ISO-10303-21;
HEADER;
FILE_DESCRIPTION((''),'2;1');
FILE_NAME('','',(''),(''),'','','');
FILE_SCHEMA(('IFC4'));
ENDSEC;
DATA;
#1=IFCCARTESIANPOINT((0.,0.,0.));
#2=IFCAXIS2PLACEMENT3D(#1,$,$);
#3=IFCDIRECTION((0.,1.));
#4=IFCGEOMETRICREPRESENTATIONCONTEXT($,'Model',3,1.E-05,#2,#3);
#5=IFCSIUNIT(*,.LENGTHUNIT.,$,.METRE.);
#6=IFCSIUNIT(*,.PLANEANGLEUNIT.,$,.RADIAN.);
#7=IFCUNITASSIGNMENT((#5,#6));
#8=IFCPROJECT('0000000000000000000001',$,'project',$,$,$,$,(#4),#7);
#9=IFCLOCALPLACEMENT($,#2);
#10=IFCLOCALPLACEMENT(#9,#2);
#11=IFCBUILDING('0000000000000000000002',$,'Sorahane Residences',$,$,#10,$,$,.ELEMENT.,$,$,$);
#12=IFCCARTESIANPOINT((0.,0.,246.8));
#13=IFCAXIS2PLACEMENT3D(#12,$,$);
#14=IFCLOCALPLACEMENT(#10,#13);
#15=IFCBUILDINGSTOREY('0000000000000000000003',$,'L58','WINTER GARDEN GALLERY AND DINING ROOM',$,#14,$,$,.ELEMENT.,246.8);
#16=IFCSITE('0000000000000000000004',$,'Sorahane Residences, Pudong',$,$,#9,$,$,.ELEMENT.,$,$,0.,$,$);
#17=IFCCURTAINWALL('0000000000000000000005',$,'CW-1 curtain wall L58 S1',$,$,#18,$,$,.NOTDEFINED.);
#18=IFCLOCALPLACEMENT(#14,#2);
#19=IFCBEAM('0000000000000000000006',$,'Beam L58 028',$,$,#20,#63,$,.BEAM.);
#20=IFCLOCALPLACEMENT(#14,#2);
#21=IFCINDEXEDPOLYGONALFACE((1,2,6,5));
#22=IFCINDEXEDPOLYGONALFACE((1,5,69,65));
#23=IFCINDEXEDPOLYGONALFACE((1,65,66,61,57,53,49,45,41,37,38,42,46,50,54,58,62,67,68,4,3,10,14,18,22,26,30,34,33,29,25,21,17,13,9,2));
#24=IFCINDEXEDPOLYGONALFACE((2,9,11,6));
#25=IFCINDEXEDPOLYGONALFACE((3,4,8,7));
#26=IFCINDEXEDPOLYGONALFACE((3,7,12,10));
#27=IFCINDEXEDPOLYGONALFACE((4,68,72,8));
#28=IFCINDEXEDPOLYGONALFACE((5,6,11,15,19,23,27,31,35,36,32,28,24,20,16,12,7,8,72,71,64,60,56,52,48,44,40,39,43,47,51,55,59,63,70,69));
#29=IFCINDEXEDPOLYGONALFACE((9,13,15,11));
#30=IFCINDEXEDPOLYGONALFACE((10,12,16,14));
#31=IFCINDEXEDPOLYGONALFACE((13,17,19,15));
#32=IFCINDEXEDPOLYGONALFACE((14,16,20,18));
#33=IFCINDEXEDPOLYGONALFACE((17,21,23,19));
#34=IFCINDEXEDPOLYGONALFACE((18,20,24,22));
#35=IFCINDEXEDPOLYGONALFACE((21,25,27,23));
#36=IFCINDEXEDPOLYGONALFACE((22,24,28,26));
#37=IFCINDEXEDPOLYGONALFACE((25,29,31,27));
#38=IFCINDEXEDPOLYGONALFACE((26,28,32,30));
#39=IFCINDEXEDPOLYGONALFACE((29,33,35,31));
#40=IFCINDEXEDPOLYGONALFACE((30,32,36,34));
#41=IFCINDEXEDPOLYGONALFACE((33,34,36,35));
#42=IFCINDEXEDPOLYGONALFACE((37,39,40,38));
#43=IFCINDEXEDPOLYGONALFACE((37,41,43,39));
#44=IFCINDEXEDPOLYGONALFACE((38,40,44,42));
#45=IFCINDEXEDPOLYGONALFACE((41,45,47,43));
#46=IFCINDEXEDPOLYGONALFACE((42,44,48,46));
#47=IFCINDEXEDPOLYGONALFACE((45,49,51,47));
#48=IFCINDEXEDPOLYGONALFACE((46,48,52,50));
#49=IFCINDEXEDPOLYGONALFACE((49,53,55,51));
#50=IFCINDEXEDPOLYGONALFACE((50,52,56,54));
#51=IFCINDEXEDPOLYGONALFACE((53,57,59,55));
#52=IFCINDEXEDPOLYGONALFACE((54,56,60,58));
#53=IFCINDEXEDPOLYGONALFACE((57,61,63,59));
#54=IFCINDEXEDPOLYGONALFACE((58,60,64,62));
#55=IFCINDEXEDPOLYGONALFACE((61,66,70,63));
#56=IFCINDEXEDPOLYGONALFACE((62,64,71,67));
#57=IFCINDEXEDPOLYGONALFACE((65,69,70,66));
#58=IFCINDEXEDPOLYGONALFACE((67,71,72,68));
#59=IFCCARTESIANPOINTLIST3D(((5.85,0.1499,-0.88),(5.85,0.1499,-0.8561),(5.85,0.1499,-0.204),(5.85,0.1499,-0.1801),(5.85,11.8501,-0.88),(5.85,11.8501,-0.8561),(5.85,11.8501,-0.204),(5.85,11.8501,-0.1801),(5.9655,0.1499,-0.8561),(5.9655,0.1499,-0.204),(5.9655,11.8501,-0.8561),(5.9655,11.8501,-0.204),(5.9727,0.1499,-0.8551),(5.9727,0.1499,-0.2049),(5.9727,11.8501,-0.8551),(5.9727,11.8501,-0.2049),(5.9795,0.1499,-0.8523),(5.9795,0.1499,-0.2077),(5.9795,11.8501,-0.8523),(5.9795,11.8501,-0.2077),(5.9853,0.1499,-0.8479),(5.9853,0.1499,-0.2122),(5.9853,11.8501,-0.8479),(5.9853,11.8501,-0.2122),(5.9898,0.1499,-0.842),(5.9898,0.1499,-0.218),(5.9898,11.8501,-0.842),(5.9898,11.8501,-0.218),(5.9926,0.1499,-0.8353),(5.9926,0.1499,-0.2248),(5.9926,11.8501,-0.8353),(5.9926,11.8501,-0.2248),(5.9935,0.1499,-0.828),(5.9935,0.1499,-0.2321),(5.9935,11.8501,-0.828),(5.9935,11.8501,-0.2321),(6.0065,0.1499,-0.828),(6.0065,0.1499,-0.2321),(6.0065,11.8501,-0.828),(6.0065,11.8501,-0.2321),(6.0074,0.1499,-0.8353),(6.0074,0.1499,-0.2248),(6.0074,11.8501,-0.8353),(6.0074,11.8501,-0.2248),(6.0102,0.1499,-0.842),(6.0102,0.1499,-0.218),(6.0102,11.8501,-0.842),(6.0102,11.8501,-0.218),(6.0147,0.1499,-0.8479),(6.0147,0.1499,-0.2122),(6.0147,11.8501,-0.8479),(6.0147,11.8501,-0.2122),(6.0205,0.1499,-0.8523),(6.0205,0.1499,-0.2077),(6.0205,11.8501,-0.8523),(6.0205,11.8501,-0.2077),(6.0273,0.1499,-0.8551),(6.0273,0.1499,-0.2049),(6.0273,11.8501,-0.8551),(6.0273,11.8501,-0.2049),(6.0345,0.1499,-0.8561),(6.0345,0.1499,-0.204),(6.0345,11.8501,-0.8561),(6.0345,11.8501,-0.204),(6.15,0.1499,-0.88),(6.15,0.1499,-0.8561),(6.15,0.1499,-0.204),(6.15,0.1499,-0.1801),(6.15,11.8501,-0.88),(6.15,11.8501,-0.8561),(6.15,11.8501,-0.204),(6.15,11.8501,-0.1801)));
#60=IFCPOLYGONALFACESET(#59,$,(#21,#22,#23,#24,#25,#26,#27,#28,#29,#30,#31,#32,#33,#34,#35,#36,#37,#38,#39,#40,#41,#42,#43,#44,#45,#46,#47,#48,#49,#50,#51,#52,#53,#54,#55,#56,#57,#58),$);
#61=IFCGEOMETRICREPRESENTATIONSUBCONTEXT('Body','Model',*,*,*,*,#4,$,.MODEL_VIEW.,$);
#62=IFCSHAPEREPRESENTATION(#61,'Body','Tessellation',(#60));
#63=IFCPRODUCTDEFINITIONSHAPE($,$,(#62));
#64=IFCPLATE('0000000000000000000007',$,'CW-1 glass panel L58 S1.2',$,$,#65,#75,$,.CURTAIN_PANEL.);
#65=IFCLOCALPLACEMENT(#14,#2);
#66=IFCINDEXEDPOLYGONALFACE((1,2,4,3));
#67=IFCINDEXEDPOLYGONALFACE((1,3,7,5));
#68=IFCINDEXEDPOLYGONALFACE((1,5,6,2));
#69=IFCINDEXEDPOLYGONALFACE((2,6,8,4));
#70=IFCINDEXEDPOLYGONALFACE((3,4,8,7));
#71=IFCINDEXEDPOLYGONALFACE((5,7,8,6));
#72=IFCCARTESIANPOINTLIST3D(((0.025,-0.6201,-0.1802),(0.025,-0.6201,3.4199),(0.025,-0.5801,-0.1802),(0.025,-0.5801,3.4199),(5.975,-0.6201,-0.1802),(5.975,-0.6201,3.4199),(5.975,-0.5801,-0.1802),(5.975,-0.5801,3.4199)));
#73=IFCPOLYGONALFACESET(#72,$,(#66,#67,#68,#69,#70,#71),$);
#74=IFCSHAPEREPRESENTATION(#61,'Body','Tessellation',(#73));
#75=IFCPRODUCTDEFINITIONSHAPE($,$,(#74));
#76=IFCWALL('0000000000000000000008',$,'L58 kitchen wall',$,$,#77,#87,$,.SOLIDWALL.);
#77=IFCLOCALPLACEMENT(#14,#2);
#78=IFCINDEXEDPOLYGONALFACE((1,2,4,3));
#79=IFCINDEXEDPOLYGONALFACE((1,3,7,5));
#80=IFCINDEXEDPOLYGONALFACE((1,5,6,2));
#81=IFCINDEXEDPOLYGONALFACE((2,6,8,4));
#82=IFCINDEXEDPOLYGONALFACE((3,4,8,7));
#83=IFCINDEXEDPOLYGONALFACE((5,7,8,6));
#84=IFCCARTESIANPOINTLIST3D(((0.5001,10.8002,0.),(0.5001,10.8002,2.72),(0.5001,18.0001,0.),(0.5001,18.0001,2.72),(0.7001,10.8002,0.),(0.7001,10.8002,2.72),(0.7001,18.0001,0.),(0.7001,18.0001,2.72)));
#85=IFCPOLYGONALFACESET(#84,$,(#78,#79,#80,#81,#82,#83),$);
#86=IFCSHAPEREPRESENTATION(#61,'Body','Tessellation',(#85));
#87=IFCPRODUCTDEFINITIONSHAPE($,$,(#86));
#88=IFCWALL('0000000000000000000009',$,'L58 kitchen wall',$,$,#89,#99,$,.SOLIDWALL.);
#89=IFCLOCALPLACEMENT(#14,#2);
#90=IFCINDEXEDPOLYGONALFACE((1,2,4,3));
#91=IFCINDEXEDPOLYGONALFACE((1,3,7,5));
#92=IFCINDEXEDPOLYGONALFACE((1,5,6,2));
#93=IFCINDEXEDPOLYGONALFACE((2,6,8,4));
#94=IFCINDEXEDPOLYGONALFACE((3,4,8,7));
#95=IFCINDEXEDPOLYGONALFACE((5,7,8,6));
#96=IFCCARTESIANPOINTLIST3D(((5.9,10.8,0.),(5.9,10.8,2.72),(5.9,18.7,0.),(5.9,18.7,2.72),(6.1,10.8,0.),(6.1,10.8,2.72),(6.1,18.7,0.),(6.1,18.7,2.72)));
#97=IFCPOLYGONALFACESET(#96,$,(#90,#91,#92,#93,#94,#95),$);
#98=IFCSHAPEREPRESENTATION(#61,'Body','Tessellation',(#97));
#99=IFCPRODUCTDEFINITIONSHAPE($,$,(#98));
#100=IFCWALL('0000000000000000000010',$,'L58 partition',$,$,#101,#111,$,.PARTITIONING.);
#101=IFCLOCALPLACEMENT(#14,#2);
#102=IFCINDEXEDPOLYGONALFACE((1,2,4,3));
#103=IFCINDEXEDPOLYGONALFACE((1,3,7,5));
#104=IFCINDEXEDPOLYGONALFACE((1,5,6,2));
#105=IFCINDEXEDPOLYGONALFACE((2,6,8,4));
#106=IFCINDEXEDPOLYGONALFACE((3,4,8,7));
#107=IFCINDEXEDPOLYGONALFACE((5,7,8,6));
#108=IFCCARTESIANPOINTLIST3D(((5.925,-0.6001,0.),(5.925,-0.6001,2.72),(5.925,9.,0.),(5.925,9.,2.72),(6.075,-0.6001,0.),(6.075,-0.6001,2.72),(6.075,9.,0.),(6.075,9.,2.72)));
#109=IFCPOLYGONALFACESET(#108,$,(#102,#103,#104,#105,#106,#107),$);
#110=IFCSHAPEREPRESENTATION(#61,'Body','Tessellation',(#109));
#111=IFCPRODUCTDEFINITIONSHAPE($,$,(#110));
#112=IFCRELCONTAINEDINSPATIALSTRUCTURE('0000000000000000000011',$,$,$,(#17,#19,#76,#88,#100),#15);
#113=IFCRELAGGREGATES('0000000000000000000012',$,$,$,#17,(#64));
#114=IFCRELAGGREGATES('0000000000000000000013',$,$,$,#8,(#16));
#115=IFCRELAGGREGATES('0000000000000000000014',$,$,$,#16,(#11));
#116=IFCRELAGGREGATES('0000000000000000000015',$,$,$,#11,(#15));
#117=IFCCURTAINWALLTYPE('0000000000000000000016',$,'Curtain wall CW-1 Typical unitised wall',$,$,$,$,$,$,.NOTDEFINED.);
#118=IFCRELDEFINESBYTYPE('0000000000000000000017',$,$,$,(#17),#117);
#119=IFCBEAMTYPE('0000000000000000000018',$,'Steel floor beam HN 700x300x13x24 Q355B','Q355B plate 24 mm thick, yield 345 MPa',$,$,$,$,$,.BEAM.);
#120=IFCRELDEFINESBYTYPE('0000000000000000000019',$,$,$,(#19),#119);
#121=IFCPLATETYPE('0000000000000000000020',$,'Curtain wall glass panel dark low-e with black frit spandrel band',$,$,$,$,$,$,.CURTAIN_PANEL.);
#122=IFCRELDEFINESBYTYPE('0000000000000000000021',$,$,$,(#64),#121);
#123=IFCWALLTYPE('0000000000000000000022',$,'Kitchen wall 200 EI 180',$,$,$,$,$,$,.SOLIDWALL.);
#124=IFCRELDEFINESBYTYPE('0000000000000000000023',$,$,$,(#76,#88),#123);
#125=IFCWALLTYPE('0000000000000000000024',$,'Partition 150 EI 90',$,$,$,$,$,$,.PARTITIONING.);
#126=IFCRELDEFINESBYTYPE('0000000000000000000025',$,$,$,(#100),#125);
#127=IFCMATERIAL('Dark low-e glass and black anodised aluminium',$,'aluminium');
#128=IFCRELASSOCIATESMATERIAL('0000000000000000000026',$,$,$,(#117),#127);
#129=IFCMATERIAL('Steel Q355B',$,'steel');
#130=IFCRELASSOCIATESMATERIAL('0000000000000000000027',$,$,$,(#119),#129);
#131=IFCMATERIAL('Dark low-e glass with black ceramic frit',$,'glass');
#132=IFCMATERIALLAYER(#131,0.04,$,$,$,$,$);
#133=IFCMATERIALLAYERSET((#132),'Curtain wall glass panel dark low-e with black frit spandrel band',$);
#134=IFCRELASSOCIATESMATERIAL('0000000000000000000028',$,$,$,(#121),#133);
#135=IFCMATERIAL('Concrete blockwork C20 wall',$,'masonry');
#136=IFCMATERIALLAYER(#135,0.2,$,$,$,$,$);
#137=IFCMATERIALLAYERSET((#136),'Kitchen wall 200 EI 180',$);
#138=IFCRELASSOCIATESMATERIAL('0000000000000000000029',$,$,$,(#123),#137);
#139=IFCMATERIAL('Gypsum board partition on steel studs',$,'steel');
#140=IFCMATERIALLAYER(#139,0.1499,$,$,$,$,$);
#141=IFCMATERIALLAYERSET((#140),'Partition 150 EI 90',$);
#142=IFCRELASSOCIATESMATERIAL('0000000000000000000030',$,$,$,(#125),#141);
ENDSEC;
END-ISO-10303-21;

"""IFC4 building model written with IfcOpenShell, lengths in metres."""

from ifc_helpers import new_model, si_unit, direction, frame, frame_2d, origin, origin_2d, place, context, subcontext, project, spatial, rectangle, i_section, extrude, material, layer, layer_set, material_profile, profile_set, type_object, element, aggregate, save


model = new_model("IFC4")

# Units and contexts
model_context = context("Model", 3, precision=1e-05, world=origin(), true_north=direction((0.0, 1.0)))
body_context = subcontext(model_context, "Body", "Model", "MODEL_VIEW")
ifc_project = project(units=[si_unit("LENGTHUNIT", "METRE"), si_unit("PLANEANGLEUNIT", "RADIAN")], contexts=[model_context])

# Site, building, storey
site_placement = place(None, origin())
site = spatial("IfcSite", under=ifc_project, at=site_placement, Name="Sorahane Residences, Pudong", CompositionType="ELEMENT", RefElevation=0.0)
building_placement = place(site_placement, origin())
building = spatial("IfcBuilding", under=site, at=building_placement, Name="Sorahane Residences", CompositionType="ELEMENT")
storey_placement = place(building_placement, frame((0.0, 0.0, 246.8)))
storey = spatial("IfcBuildingStorey", under=building, at=storey_placement, Name="L58", Description="WINTER GARDEN GALLERY AND DINING ROOM", CompositionType="ELEMENT", Elevation=246.8)

# Curtain wall
ifc_material_1 = material(Name="Dark low-e glass and black anodised aluminium", Category="aluminium")
curtain_wall_type = type_object("IfcCurtainWallType", Name="Curtain wall CW-1 Typical unitised wall", PredefinedType="NOTDEFINED", material=ifc_material_1)
curtain_wall_placement = place(storey_placement, origin())
curtain_wall = element("IfcCurtainWall", 1, at=curtain_wall_placement, inside=storey, type_object=curtain_wall_type, Name="CW-1 curtain wall L58 S1", PredefinedType="NOTDEFINED")

# Beam
ifc_material_2 = material(Name="Steel Q355B", Category="steel")
ifc_material_profile_1 = material_profile(ifc_material_2, i_section(OverallWidth=0.3, OverallDepth=0.7, WebThickness=0.0129, FlangeThickness=0.0239, FilletRadius=0.0281, at=origin_2d()), Name="HN 700x300x13x24")
ifc_profile_set_1 = profile_set([ifc_material_profile_1], Name="Steel Q355B")
beam_type_1 = type_object("IfcBeamType", Name="Steel floor beam HN 700x300x13x24 Q355B", Description="Q355B plate 24 mm thick, yield 345 MPa", PredefinedType="BEAM", material=ifc_profile_set_1)
beam_1_placement = place(storey_placement, frame((6.0, 0.1499, -0.53), z_axis=(0.0, 1.0, 0.0), x_axis=(-1.0, 0.0, 0.0)))
element("IfcBeam", 2, at=beam_1_placement, inside=storey, type_object=beam_type_1, Name="Beam L58 028", PredefinedType="BEAM", context=body_context, shape_type="SweptSolid", body=[
    extrude(i_section(OverallWidth=0.3, OverallDepth=0.7, WebThickness=0.0129, FlangeThickness=0.0239, FilletRadius=0.0281, at=origin_2d()), origin(), (0.0, 0.0, 1.0), 11.7002),
])

# Plate
ifc_material_3 = material(Name="Dark low-e glass with black ceramic frit", Category="glass")
ifc_layer_1 = layer(ifc_material_3, 0.04)
ifc_layer_set_1 = layer_set([ifc_layer_1], Name="Curtain wall glass panel dark low-e with black frit spandrel band")
plate_type = type_object("IfcPlateType", Name="Curtain wall glass panel dark low-e with black frit spandrel band", PredefinedType="CURTAIN_PANEL", material=ifc_layer_set_1)
plate_placement = place(storey_placement, frame((3.0, -0.6001, -0.1802), z_axis=(0.0, 0.0, 1.0), x_axis=(1.0, 0.0, 0.0)))
plate = element("IfcPlate", 3, at=plate_placement, type_object=plate_type, Name="CW-1 glass panel L58 S1.2", PredefinedType="CURTAIN_PANEL", context=body_context, shape_type="SweptSolid", body=[
    extrude(rectangle(XDim=5.95, YDim=0.04, at=origin_2d()), origin(), (0.0, 0.0, 1.0), 3.6001),
])
aggregate(curtain_wall, [plate])

# Walls
ifc_material_4 = material(Name="Concrete blockwork C20 wall", Category="masonry")
ifc_layer_2 = layer(ifc_material_4, 0.2)
ifc_layer_set_2 = layer_set([ifc_layer_2], Name="Kitchen wall 200 EI 180")
wall_type_1 = type_object("IfcWallType", Name="Kitchen wall 200 EI 180", PredefinedType="SOLIDWALL", material=ifc_layer_set_2)
wall_1_placement = place(storey_placement, frame((0.6001, 10.8, 0.0), z_axis=(0.0, 0.0, 1.0), x_axis=(0.0, 1.0, 0.0)))
element("IfcWall", 4, at=wall_1_placement, inside=storey, type_object=wall_type_1, Name="L58 kitchen wall", PredefinedType="SOLIDWALL", context=body_context, shape_type="SweptSolid", body=[
    extrude(rectangle(XDim=7.2, YDim=0.2, at=frame_2d((3.6001, 0.0))), origin(), (0.0, 0.0, 1.0), 2.72),
])
wall_2_placement = place(storey_placement, frame((6.0, 10.8, 0.0), z_axis=(0.0, 0.0, 1.0), x_axis=(0.0, 1.0, 0.0)))
element("IfcWall", 5, at=wall_2_placement, inside=storey, type_object=wall_type_1, Name="L58 kitchen wall", PredefinedType="SOLIDWALL", context=body_context, shape_type="SweptSolid", body=[
    extrude(rectangle(XDim=7.8999, YDim=0.2, at=frame_2d((3.95, 0.0))), origin(), (0.0, 0.0, 1.0), 2.72),
])

# Wall
ifc_material_5 = material(Name="Gypsum board partition on steel studs", Category="steel")
ifc_layer_3 = layer(ifc_material_5, 0.1499)
ifc_layer_set_3 = layer_set([ifc_layer_3], Name="Partition 150 EI 90")
wall_type_2 = type_object("IfcWallType", Name="Partition 150 EI 90", PredefinedType="PARTITIONING", material=ifc_layer_set_3)
wall_3_placement = place(storey_placement, frame((6.0, -0.6001, 0.0), z_axis=(0.0, 0.0, 1.0), x_axis=(0.0, 1.0, 0.0)))
element("IfcWall", 6, at=wall_3_placement, inside=storey, type_object=wall_type_2, Name="L58 partition", PredefinedType="PARTITIONING", context=body_context, shape_type="SweptSolid", body=[
    extrude(rectangle(XDim=9.6001, YDim=0.1499, at=frame_2d((4.8, 0.0))), origin(), (0.0, 0.0, 1.0), 2.72),
])

save(model, "model.ifc")
